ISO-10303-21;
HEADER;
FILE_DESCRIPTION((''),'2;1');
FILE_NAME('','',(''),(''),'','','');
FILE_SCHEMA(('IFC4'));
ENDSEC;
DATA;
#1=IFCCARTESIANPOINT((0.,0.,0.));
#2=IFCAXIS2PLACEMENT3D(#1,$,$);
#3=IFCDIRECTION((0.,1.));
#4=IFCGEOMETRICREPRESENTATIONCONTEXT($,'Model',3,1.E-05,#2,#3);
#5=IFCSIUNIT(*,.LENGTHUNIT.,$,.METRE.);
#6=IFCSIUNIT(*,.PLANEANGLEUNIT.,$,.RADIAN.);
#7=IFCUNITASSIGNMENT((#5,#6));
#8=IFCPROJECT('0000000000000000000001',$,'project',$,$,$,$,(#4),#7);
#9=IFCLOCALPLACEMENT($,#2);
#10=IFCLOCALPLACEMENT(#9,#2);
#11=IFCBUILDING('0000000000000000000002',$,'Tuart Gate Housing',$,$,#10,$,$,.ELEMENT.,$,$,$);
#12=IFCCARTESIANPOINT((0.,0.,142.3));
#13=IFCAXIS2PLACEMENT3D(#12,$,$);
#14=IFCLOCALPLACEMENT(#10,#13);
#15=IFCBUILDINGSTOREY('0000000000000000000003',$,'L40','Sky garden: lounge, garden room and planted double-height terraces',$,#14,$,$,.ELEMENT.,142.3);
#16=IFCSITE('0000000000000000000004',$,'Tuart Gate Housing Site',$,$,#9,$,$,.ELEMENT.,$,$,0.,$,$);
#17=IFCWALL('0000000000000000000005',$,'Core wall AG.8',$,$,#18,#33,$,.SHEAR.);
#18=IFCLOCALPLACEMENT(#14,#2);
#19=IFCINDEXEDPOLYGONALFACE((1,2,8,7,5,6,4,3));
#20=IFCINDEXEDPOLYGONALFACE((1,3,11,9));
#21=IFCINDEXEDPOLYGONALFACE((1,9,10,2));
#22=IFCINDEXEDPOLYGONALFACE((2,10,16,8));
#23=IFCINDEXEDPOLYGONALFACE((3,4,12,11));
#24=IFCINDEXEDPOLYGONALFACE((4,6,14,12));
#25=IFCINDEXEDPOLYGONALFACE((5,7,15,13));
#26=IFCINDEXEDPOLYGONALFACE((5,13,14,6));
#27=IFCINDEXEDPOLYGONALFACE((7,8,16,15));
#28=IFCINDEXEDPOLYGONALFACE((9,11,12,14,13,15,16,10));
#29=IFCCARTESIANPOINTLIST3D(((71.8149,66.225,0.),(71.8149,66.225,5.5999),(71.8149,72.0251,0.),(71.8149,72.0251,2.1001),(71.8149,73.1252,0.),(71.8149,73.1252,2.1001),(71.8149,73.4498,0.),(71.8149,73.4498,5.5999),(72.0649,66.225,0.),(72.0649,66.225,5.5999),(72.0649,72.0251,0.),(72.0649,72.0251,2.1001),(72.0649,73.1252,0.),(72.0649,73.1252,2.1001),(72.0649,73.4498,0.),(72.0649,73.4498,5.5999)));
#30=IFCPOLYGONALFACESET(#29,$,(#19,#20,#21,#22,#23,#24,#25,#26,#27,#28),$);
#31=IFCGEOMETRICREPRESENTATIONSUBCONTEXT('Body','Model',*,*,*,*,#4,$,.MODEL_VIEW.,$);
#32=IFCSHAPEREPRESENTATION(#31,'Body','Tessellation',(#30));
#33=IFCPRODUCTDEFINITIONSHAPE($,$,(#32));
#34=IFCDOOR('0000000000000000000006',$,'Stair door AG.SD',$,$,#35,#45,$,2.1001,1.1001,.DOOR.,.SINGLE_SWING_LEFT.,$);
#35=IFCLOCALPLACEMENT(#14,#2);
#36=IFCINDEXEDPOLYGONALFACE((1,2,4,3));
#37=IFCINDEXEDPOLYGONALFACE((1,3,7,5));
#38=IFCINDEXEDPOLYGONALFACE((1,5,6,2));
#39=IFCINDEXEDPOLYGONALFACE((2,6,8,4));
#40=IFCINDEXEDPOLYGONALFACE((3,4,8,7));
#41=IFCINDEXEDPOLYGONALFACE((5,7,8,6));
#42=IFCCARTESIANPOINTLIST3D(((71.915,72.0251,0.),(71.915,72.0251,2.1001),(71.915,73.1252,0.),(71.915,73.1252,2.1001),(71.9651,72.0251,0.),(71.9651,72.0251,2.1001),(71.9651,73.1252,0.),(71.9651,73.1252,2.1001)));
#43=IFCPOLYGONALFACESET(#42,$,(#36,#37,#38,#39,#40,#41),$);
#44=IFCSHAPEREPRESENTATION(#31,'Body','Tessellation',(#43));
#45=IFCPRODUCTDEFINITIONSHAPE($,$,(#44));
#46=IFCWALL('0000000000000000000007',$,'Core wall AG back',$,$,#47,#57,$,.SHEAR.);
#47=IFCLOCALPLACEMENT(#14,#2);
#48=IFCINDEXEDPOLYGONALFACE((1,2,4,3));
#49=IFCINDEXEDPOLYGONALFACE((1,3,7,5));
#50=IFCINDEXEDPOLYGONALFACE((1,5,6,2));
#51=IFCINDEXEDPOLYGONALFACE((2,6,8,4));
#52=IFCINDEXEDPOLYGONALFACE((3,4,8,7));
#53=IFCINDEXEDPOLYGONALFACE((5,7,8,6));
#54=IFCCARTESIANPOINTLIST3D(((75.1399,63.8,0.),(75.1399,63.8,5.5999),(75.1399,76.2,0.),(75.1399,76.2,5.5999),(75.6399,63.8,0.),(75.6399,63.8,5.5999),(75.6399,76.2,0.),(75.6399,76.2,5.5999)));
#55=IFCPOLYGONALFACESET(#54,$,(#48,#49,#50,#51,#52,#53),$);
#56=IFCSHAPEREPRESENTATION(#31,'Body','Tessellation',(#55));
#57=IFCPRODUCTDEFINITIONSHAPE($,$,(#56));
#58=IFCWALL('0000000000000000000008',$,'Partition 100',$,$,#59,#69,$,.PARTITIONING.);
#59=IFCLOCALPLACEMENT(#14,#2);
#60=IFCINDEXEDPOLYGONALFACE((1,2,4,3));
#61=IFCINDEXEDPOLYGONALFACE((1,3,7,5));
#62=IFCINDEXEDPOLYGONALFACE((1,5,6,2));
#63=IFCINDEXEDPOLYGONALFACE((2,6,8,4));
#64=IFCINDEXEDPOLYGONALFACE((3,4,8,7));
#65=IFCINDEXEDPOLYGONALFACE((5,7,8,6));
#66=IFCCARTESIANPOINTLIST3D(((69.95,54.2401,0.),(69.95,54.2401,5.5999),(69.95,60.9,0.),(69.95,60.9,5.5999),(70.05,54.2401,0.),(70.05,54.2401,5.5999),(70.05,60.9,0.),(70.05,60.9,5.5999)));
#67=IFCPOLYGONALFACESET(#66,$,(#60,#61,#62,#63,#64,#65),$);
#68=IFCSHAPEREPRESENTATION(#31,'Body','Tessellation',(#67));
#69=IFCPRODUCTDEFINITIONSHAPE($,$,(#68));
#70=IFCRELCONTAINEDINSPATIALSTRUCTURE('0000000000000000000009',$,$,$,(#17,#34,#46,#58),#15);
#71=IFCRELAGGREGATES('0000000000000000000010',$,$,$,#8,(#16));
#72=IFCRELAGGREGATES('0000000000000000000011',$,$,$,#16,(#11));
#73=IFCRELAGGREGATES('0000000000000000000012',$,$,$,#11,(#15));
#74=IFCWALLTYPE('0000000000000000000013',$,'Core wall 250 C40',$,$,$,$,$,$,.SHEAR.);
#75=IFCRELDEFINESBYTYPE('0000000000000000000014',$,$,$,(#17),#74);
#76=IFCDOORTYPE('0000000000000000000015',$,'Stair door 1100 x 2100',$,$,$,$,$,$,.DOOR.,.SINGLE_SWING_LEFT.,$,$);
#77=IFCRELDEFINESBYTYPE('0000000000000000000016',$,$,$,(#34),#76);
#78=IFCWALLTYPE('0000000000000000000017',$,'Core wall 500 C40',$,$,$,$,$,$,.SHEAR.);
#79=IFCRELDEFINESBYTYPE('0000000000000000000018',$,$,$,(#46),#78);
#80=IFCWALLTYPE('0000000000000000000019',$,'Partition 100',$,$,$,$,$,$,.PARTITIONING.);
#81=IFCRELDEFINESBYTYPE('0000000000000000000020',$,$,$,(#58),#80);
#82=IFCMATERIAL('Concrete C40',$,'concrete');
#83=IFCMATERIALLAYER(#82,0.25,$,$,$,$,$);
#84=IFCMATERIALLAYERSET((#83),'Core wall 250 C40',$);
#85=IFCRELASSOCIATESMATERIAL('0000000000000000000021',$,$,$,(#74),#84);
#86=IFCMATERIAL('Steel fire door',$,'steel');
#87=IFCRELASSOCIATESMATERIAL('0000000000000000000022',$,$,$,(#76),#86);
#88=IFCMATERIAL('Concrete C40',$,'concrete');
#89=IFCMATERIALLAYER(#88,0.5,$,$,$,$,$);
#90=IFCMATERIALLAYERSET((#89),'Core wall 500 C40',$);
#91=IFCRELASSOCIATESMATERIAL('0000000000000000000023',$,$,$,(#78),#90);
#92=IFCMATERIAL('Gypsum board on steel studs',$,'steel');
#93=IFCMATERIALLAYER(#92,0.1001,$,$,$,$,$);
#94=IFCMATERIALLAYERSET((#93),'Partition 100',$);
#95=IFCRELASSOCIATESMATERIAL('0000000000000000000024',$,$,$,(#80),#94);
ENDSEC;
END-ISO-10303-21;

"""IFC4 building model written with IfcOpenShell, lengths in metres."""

from ifc_helpers import new_model, si_unit, direction, frame, frame_2d, origin, place, context, subcontext, project, spatial, rectangle, extrude, material, layer, layer_set, type_object, element, fill, save


model = new_model("IFC4")

# Units and contexts
model_context = context("Model", 3, precision=1e-05, world=origin(), true_north=direction((0.0, 1.0)))
body_context = subcontext(model_context, "Body", "Model", "MODEL_VIEW")
ifc_project = project(units=[si_unit("LENGTHUNIT", "METRE"), si_unit("PLANEANGLEUNIT", "RADIAN")], contexts=[model_context])

# Site, building, storey
site_placement = place(None, origin())
site = spatial("IfcSite", under=ifc_project, at=site_placement, Name="Tuart Gate Housing Site", CompositionType="ELEMENT", RefElevation=0.0)
building_placement = place(site_placement, origin())
building = spatial("IfcBuilding", under=site, at=building_placement, Name="Tuart Gate Housing", CompositionType="ELEMENT")
storey_placement = place(building_placement, frame((0.0, 0.0, 142.3)))
storey = spatial("IfcBuildingStorey", under=building, at=storey_placement, Name="L40", Description="Sky garden: lounge, garden room and planted double-height terraces", CompositionType="ELEMENT", Elevation=142.3)

# Shared definitions
ifc_material_1 = material(Name="Concrete C40", Category="concrete")
ifc_layer_1 = layer(ifc_material_1, 0.25)
ifc_layer_set_1 = layer_set([ifc_layer_1], Name="Core wall 250 C40")
wall_type_1 = type_object("IfcWallType", Name="Core wall 250 C40", PredefinedType="SHEAR", material=ifc_layer_set_1)

# Wall, opening, door
wall_1_placement = place(storey_placement, frame((71.9399, 66.2251, 0.0), z_axis=(0.0, 0.0, 1.0), x_axis=(0.0, 1.0, 0.0)))
wall_1 = element("IfcWall", 1, at=wall_1_placement, inside=storey, type_object=wall_type_1, Name="Core wall AG.8", PredefinedType="SHEAR", context=body_context, shape_type="SweptSolid", body=[
    extrude(rectangle(XDim=7.2249, YDim=0.25, at=frame_2d((3.6123, 0.0))), origin(), (0.0, 0.0, 1.0), 5.5999),
])
opening_1_placement = place(wall_1_placement, frame((5.8, 0.0, 0.0)))
opening_1 = element("IfcOpeningElement", 2, at=opening_1_placement, cuts=wall_1, PredefinedType="OPENING", context=body_context, shape_type="SweptSolid", body=[
    extrude(rectangle(XDim=1.1001, YDim=2.1001, at=frame_2d((0.55, 1.05))), frame((0.0, 0.135, 0.0), z_axis=(0.0, -1.0, 0.0), x_axis=(1.0, 0.0, 0.0)), (0.0, 0.0, 1.0), 0.27),
])
ifc_material_2 = material(Name="Steel fire door", Category="steel")
door_type_1 = type_object("IfcDoorType", Name="Stair door 1100 x 2100", OperationType="SINGLE_SWING_LEFT", PredefinedType="DOOR", material=ifc_material_2)
door_1_placement = place(opening_1_placement, frame((1.1001, 0.0, 0.0), z_axis=(0.0, 0.0, 1.0), x_axis=(-1.0, 0.0, 0.0)))
door_1 = element("IfcDoor", 3, at=door_1_placement, inside=storey, type_object=door_type_1, Name="Stair door AG.SD", OperationType="SINGLE_SWING_LEFT", OverallHeight=2.1001, OverallWidth=1.1001, PredefinedType="DOOR", context=body_context, shape_type="SweptSolid", body=[
    extrude(rectangle(XDim=1.1001, YDim=2.1001, at=frame_2d((0.55, 1.05))), frame((0.0, 0.0251, 0.0), z_axis=(0.0, -1.0, 0.0), x_axis=(1.0, 0.0, 0.0)), (0.0, 0.0, 1.0), 0.05),
])
fill(opening_1, door_1)

# Walls
ifc_material_3 = material(Name="Concrete C40", Category="concrete")
ifc_layer_2 = layer(ifc_material_3, 0.5)
ifc_layer_set_2 = layer_set([ifc_layer_2], Name="Core wall 500 C40")
wall_type_2 = type_object("IfcWallType", Name="Core wall 500 C40", PredefinedType="SHEAR", material=ifc_layer_set_2)
wall_2_placement = place(storey_placement, frame((75.3899, 63.8, 0.0), z_axis=(0.0, 0.0, 1.0), x_axis=(0.0, 1.0, 0.0)))
element("IfcWall", 4, at=wall_2_placement, inside=storey, type_object=wall_type_2, Name="Core wall AG back", PredefinedType="SHEAR", context=body_context, shape_type="SweptSolid", body=[
    extrude(rectangle(XDim=12.3999, YDim=0.5, at=frame_2d((6.2, 0.0))), origin(), (0.0, 0.0, 1.0), 5.5999),
])
ifc_material_4 = material(Name="Gypsum board on steel studs", Category="steel")
ifc_layer_3 = layer(ifc_material_4, 0.1001)
ifc_layer_set_3 = layer_set([ifc_layer_3], Name="Partition 100")
wall_type_3 = type_object("IfcWallType", Name="Partition 100", PredefinedType="PARTITIONING", material=ifc_layer_set_3)
wall_3_placement = place(storey_placement, frame((70.0, 54.24, 0.0), z_axis=(0.0, 0.0, 1.0), x_axis=(0.0, 1.0, 0.0)))
element("IfcWall", 5, at=wall_3_placement, inside=storey, type_object=wall_type_3, Name="Partition 100", PredefinedType="PARTITIONING", context=body_context, shape_type="SweptSolid", body=[
    extrude(rectangle(XDim=6.6599, YDim=0.1001, at=frame_2d((3.3301, 0.0))), origin(), (0.0, 0.0, 1.0), 5.5999),
])

save(model, "model.ifc")
